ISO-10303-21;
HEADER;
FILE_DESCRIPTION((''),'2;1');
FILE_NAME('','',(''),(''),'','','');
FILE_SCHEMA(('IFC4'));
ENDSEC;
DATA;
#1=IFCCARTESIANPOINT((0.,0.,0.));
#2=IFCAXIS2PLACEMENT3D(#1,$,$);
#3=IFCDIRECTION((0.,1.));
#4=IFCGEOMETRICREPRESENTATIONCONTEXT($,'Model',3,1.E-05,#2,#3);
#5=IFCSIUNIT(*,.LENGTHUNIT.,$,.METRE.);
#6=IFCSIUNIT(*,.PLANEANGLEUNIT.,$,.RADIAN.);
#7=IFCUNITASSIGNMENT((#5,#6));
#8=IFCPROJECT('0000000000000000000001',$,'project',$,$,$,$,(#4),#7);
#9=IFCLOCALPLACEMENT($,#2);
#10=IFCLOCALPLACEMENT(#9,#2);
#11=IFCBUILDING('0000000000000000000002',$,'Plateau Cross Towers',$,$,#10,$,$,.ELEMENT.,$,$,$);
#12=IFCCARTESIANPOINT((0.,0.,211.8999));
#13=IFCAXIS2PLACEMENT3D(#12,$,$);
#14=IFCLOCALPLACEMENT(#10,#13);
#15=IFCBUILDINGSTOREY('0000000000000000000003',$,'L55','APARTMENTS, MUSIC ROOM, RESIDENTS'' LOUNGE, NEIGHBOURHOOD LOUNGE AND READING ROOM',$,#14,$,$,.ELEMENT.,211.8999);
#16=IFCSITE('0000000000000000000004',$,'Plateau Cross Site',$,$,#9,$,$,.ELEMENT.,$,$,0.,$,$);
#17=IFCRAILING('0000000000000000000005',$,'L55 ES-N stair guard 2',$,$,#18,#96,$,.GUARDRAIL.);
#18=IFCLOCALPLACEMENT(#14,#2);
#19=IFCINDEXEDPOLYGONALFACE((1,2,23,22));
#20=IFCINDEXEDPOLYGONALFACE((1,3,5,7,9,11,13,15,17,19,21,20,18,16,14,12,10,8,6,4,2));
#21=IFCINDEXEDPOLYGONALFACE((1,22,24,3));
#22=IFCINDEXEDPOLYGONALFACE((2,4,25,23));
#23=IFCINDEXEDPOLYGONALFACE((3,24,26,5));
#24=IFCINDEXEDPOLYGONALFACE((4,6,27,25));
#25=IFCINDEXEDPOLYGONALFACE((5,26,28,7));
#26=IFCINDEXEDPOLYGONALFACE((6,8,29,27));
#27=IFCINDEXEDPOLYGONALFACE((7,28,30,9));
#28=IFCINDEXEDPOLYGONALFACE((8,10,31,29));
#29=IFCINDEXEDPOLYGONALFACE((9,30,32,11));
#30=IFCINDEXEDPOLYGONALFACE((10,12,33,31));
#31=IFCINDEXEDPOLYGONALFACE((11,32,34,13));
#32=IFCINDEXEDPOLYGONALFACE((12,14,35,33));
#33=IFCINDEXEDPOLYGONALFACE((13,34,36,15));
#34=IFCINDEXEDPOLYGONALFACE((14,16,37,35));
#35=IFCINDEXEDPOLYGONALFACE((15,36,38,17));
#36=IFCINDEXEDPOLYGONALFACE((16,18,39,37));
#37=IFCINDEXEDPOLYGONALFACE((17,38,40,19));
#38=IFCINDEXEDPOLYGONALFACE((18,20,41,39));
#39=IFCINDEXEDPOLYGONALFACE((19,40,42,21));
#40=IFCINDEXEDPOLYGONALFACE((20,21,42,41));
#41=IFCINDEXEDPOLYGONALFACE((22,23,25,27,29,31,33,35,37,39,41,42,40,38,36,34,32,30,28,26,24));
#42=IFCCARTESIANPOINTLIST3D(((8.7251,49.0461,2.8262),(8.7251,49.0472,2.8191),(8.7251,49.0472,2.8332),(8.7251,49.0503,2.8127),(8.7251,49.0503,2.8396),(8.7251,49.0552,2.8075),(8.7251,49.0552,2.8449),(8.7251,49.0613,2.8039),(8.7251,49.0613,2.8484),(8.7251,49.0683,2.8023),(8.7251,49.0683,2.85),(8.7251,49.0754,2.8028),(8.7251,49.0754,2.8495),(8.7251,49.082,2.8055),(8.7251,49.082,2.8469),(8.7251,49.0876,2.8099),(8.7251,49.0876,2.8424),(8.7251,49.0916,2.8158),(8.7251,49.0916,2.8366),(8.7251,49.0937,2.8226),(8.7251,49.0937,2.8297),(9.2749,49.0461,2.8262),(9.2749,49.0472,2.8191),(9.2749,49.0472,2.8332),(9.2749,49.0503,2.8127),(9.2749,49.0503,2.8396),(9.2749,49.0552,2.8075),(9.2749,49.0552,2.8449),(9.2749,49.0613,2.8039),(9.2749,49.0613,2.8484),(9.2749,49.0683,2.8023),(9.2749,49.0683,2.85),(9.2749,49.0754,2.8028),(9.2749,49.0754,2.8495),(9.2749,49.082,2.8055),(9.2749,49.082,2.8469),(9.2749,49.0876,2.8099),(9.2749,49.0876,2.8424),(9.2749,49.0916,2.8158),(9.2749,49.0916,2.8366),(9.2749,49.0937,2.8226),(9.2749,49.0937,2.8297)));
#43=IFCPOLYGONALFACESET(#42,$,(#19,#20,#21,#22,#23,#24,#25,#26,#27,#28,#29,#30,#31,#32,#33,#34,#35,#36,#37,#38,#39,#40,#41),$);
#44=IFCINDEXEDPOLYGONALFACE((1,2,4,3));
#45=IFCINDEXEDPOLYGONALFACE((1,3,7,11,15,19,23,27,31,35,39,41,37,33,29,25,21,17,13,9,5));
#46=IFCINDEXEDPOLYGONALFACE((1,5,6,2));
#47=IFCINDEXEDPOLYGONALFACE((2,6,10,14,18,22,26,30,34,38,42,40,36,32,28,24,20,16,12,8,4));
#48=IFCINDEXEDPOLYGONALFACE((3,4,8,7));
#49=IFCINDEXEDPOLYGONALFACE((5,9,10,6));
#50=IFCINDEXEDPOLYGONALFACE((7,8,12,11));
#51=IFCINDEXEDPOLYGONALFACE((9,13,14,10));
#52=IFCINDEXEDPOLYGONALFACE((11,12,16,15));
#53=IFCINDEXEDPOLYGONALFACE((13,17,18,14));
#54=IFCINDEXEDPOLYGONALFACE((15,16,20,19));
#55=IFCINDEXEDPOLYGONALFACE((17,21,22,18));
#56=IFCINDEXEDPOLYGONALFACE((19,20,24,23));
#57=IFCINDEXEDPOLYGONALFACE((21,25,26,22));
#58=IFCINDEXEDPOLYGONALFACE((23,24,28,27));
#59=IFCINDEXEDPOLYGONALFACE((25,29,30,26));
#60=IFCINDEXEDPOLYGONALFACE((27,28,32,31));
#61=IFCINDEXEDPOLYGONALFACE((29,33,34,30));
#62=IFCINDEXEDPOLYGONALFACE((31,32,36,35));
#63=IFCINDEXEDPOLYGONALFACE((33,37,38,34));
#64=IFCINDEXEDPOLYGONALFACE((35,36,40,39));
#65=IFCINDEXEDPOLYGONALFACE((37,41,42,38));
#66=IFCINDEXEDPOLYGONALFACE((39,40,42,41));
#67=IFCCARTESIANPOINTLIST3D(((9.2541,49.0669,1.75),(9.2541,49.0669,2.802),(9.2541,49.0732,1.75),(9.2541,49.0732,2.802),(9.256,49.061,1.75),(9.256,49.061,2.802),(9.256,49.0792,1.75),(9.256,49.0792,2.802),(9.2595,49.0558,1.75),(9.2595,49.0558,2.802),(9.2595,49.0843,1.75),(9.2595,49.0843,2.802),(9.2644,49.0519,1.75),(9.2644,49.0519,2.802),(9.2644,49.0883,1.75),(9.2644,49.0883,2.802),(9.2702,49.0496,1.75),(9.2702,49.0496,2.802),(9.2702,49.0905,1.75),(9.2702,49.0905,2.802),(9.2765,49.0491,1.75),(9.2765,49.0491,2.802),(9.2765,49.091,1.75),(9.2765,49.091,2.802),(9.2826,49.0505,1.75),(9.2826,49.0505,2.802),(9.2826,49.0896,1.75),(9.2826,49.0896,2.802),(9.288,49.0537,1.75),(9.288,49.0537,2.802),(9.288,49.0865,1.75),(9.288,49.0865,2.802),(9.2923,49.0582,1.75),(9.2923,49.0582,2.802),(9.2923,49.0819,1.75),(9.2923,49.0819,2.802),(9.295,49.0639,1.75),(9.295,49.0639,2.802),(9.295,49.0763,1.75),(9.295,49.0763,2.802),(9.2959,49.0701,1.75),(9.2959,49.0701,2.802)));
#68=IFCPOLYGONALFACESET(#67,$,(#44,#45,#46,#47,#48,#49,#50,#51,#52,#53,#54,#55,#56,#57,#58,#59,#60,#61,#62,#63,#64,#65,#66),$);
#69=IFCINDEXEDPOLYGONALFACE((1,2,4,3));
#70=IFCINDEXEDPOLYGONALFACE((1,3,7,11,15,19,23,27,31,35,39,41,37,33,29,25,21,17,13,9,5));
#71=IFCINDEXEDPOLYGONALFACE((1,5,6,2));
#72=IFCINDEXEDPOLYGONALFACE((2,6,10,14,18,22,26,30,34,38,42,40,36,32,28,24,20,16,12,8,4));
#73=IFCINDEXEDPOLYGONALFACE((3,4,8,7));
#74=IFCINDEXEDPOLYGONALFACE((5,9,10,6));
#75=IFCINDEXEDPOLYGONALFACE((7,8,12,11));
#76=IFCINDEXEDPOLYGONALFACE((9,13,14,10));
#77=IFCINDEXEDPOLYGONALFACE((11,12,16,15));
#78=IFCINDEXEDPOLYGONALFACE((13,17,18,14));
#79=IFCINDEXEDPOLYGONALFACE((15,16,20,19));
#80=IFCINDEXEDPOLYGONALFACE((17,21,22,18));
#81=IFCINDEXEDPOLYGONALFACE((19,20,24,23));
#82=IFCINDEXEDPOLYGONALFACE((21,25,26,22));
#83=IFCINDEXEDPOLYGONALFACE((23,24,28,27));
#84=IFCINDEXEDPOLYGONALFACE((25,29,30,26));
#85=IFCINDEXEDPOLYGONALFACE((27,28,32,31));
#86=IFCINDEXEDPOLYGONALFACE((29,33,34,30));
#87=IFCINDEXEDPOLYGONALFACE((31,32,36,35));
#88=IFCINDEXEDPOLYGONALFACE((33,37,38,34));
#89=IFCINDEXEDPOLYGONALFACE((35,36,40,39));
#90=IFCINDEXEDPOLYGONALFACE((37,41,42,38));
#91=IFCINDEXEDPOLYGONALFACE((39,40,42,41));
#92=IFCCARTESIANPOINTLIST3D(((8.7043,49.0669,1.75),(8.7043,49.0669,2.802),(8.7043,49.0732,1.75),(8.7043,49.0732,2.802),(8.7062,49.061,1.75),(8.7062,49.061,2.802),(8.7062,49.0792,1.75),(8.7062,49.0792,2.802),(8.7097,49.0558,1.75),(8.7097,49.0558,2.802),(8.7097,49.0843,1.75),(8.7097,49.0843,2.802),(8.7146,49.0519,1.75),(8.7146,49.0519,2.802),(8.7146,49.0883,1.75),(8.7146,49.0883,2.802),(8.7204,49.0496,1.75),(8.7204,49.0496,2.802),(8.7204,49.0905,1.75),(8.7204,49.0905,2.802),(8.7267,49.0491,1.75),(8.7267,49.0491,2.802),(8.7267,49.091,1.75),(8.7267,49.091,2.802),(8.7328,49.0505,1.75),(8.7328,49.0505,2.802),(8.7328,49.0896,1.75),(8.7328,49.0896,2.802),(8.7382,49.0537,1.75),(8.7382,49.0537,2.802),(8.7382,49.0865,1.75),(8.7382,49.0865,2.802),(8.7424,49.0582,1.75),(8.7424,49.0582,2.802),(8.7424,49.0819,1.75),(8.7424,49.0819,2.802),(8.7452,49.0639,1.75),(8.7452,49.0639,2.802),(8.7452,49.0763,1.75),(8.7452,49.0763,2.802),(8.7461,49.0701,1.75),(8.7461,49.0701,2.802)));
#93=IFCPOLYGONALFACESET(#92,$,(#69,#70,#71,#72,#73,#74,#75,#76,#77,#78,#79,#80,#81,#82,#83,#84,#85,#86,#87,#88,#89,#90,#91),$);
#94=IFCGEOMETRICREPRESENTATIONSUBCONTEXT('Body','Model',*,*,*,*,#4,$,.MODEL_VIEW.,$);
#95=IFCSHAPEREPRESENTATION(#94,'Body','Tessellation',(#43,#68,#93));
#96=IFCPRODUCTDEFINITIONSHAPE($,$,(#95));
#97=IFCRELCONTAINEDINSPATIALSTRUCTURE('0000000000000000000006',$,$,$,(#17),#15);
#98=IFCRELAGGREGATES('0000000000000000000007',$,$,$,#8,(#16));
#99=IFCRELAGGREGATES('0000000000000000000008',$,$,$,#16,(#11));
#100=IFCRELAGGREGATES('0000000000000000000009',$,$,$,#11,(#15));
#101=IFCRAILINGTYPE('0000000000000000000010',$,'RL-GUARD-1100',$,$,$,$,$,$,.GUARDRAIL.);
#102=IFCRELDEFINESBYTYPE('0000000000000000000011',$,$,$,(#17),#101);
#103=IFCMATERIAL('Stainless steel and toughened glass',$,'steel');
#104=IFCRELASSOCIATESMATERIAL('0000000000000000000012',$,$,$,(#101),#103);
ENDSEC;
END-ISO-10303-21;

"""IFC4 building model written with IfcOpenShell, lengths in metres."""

from ifc_helpers import new_model, si_unit, direction, frame, origin, origin_2d, place, context, subcontext, project, spatial, circle, extrude, material, type_object, element, save


model = new_model("IFC4")

# Units and contexts
model_context = context("Model", 3, precision=1e-05, world=origin(), true_north=direction((0.0, 1.0)))
body_context = subcontext(model_context, "Body", "Model", "MODEL_VIEW")
ifc_project = project(units=[si_unit("LENGTHUNIT", "METRE"), si_unit("PLANEANGLEUNIT", "RADIAN")], contexts=[model_context])

# Site, building, storey
site_placement = place(None, origin())
site = spatial("IfcSite", under=ifc_project, at=site_placement, Name="Plateau Cross Site", CompositionType="ELEMENT", RefElevation=0.0)
building_placement = place(site_placement, origin())
building = spatial("IfcBuilding", under=site, at=building_placement, Name="Plateau Cross Towers", CompositionType="ELEMENT")
storey_placement = place(building_placement, frame((0.0, 0.0, 211.8999)))
storey = spatial("IfcBuildingStorey", under=building, at=storey_placement, Name="L55", Description="APARTMENTS, MUSIC ROOM, RESIDENTS' LOUNGE, NEIGHBOURHOOD LOUNGE AND READING ROOM", CompositionType="ELEMENT", Elevation=211.8999)

# Railing
ifc_material_1 = material(Name="Stainless steel and toughened glass", Category="steel")
railing_type_1 = type_object("IfcRailingType", Name="RL-GUARD-1100", PredefinedType="GUARDRAIL", material=ifc_material_1)
railing_1_placement = place(storey_placement, frame((9.2749, 49.0701, 1.75)))
element("IfcRailing", 1, at=railing_1_placement, inside=storey, type_object=railing_type_1, Name="L55 ES-N stair guard 2", PredefinedType="GUARDRAIL", context=body_context, shape_type="SweptSolid", body=[
    extrude(circle(Radius=0.0239, at=origin_2d()), frame((0.0, 0.0, 1.0762), z_axis=(-1.0, 0.0, 0.0), x_axis=(0.0, -1.0, 0.0)), (0.0, 0.0, 1.0), 0.5498),
    extrude(circle(Radius=0.021, at=origin_2d()), origin(), (0.0, 0.0, 1.0), 1.052),
    extrude(circle(Radius=0.021, at=origin_2d()), frame((-0.5498, 0.0, 0.0)), (0.0, 0.0, 1.0), 1.052),
])

save(model, "model.ifc")
